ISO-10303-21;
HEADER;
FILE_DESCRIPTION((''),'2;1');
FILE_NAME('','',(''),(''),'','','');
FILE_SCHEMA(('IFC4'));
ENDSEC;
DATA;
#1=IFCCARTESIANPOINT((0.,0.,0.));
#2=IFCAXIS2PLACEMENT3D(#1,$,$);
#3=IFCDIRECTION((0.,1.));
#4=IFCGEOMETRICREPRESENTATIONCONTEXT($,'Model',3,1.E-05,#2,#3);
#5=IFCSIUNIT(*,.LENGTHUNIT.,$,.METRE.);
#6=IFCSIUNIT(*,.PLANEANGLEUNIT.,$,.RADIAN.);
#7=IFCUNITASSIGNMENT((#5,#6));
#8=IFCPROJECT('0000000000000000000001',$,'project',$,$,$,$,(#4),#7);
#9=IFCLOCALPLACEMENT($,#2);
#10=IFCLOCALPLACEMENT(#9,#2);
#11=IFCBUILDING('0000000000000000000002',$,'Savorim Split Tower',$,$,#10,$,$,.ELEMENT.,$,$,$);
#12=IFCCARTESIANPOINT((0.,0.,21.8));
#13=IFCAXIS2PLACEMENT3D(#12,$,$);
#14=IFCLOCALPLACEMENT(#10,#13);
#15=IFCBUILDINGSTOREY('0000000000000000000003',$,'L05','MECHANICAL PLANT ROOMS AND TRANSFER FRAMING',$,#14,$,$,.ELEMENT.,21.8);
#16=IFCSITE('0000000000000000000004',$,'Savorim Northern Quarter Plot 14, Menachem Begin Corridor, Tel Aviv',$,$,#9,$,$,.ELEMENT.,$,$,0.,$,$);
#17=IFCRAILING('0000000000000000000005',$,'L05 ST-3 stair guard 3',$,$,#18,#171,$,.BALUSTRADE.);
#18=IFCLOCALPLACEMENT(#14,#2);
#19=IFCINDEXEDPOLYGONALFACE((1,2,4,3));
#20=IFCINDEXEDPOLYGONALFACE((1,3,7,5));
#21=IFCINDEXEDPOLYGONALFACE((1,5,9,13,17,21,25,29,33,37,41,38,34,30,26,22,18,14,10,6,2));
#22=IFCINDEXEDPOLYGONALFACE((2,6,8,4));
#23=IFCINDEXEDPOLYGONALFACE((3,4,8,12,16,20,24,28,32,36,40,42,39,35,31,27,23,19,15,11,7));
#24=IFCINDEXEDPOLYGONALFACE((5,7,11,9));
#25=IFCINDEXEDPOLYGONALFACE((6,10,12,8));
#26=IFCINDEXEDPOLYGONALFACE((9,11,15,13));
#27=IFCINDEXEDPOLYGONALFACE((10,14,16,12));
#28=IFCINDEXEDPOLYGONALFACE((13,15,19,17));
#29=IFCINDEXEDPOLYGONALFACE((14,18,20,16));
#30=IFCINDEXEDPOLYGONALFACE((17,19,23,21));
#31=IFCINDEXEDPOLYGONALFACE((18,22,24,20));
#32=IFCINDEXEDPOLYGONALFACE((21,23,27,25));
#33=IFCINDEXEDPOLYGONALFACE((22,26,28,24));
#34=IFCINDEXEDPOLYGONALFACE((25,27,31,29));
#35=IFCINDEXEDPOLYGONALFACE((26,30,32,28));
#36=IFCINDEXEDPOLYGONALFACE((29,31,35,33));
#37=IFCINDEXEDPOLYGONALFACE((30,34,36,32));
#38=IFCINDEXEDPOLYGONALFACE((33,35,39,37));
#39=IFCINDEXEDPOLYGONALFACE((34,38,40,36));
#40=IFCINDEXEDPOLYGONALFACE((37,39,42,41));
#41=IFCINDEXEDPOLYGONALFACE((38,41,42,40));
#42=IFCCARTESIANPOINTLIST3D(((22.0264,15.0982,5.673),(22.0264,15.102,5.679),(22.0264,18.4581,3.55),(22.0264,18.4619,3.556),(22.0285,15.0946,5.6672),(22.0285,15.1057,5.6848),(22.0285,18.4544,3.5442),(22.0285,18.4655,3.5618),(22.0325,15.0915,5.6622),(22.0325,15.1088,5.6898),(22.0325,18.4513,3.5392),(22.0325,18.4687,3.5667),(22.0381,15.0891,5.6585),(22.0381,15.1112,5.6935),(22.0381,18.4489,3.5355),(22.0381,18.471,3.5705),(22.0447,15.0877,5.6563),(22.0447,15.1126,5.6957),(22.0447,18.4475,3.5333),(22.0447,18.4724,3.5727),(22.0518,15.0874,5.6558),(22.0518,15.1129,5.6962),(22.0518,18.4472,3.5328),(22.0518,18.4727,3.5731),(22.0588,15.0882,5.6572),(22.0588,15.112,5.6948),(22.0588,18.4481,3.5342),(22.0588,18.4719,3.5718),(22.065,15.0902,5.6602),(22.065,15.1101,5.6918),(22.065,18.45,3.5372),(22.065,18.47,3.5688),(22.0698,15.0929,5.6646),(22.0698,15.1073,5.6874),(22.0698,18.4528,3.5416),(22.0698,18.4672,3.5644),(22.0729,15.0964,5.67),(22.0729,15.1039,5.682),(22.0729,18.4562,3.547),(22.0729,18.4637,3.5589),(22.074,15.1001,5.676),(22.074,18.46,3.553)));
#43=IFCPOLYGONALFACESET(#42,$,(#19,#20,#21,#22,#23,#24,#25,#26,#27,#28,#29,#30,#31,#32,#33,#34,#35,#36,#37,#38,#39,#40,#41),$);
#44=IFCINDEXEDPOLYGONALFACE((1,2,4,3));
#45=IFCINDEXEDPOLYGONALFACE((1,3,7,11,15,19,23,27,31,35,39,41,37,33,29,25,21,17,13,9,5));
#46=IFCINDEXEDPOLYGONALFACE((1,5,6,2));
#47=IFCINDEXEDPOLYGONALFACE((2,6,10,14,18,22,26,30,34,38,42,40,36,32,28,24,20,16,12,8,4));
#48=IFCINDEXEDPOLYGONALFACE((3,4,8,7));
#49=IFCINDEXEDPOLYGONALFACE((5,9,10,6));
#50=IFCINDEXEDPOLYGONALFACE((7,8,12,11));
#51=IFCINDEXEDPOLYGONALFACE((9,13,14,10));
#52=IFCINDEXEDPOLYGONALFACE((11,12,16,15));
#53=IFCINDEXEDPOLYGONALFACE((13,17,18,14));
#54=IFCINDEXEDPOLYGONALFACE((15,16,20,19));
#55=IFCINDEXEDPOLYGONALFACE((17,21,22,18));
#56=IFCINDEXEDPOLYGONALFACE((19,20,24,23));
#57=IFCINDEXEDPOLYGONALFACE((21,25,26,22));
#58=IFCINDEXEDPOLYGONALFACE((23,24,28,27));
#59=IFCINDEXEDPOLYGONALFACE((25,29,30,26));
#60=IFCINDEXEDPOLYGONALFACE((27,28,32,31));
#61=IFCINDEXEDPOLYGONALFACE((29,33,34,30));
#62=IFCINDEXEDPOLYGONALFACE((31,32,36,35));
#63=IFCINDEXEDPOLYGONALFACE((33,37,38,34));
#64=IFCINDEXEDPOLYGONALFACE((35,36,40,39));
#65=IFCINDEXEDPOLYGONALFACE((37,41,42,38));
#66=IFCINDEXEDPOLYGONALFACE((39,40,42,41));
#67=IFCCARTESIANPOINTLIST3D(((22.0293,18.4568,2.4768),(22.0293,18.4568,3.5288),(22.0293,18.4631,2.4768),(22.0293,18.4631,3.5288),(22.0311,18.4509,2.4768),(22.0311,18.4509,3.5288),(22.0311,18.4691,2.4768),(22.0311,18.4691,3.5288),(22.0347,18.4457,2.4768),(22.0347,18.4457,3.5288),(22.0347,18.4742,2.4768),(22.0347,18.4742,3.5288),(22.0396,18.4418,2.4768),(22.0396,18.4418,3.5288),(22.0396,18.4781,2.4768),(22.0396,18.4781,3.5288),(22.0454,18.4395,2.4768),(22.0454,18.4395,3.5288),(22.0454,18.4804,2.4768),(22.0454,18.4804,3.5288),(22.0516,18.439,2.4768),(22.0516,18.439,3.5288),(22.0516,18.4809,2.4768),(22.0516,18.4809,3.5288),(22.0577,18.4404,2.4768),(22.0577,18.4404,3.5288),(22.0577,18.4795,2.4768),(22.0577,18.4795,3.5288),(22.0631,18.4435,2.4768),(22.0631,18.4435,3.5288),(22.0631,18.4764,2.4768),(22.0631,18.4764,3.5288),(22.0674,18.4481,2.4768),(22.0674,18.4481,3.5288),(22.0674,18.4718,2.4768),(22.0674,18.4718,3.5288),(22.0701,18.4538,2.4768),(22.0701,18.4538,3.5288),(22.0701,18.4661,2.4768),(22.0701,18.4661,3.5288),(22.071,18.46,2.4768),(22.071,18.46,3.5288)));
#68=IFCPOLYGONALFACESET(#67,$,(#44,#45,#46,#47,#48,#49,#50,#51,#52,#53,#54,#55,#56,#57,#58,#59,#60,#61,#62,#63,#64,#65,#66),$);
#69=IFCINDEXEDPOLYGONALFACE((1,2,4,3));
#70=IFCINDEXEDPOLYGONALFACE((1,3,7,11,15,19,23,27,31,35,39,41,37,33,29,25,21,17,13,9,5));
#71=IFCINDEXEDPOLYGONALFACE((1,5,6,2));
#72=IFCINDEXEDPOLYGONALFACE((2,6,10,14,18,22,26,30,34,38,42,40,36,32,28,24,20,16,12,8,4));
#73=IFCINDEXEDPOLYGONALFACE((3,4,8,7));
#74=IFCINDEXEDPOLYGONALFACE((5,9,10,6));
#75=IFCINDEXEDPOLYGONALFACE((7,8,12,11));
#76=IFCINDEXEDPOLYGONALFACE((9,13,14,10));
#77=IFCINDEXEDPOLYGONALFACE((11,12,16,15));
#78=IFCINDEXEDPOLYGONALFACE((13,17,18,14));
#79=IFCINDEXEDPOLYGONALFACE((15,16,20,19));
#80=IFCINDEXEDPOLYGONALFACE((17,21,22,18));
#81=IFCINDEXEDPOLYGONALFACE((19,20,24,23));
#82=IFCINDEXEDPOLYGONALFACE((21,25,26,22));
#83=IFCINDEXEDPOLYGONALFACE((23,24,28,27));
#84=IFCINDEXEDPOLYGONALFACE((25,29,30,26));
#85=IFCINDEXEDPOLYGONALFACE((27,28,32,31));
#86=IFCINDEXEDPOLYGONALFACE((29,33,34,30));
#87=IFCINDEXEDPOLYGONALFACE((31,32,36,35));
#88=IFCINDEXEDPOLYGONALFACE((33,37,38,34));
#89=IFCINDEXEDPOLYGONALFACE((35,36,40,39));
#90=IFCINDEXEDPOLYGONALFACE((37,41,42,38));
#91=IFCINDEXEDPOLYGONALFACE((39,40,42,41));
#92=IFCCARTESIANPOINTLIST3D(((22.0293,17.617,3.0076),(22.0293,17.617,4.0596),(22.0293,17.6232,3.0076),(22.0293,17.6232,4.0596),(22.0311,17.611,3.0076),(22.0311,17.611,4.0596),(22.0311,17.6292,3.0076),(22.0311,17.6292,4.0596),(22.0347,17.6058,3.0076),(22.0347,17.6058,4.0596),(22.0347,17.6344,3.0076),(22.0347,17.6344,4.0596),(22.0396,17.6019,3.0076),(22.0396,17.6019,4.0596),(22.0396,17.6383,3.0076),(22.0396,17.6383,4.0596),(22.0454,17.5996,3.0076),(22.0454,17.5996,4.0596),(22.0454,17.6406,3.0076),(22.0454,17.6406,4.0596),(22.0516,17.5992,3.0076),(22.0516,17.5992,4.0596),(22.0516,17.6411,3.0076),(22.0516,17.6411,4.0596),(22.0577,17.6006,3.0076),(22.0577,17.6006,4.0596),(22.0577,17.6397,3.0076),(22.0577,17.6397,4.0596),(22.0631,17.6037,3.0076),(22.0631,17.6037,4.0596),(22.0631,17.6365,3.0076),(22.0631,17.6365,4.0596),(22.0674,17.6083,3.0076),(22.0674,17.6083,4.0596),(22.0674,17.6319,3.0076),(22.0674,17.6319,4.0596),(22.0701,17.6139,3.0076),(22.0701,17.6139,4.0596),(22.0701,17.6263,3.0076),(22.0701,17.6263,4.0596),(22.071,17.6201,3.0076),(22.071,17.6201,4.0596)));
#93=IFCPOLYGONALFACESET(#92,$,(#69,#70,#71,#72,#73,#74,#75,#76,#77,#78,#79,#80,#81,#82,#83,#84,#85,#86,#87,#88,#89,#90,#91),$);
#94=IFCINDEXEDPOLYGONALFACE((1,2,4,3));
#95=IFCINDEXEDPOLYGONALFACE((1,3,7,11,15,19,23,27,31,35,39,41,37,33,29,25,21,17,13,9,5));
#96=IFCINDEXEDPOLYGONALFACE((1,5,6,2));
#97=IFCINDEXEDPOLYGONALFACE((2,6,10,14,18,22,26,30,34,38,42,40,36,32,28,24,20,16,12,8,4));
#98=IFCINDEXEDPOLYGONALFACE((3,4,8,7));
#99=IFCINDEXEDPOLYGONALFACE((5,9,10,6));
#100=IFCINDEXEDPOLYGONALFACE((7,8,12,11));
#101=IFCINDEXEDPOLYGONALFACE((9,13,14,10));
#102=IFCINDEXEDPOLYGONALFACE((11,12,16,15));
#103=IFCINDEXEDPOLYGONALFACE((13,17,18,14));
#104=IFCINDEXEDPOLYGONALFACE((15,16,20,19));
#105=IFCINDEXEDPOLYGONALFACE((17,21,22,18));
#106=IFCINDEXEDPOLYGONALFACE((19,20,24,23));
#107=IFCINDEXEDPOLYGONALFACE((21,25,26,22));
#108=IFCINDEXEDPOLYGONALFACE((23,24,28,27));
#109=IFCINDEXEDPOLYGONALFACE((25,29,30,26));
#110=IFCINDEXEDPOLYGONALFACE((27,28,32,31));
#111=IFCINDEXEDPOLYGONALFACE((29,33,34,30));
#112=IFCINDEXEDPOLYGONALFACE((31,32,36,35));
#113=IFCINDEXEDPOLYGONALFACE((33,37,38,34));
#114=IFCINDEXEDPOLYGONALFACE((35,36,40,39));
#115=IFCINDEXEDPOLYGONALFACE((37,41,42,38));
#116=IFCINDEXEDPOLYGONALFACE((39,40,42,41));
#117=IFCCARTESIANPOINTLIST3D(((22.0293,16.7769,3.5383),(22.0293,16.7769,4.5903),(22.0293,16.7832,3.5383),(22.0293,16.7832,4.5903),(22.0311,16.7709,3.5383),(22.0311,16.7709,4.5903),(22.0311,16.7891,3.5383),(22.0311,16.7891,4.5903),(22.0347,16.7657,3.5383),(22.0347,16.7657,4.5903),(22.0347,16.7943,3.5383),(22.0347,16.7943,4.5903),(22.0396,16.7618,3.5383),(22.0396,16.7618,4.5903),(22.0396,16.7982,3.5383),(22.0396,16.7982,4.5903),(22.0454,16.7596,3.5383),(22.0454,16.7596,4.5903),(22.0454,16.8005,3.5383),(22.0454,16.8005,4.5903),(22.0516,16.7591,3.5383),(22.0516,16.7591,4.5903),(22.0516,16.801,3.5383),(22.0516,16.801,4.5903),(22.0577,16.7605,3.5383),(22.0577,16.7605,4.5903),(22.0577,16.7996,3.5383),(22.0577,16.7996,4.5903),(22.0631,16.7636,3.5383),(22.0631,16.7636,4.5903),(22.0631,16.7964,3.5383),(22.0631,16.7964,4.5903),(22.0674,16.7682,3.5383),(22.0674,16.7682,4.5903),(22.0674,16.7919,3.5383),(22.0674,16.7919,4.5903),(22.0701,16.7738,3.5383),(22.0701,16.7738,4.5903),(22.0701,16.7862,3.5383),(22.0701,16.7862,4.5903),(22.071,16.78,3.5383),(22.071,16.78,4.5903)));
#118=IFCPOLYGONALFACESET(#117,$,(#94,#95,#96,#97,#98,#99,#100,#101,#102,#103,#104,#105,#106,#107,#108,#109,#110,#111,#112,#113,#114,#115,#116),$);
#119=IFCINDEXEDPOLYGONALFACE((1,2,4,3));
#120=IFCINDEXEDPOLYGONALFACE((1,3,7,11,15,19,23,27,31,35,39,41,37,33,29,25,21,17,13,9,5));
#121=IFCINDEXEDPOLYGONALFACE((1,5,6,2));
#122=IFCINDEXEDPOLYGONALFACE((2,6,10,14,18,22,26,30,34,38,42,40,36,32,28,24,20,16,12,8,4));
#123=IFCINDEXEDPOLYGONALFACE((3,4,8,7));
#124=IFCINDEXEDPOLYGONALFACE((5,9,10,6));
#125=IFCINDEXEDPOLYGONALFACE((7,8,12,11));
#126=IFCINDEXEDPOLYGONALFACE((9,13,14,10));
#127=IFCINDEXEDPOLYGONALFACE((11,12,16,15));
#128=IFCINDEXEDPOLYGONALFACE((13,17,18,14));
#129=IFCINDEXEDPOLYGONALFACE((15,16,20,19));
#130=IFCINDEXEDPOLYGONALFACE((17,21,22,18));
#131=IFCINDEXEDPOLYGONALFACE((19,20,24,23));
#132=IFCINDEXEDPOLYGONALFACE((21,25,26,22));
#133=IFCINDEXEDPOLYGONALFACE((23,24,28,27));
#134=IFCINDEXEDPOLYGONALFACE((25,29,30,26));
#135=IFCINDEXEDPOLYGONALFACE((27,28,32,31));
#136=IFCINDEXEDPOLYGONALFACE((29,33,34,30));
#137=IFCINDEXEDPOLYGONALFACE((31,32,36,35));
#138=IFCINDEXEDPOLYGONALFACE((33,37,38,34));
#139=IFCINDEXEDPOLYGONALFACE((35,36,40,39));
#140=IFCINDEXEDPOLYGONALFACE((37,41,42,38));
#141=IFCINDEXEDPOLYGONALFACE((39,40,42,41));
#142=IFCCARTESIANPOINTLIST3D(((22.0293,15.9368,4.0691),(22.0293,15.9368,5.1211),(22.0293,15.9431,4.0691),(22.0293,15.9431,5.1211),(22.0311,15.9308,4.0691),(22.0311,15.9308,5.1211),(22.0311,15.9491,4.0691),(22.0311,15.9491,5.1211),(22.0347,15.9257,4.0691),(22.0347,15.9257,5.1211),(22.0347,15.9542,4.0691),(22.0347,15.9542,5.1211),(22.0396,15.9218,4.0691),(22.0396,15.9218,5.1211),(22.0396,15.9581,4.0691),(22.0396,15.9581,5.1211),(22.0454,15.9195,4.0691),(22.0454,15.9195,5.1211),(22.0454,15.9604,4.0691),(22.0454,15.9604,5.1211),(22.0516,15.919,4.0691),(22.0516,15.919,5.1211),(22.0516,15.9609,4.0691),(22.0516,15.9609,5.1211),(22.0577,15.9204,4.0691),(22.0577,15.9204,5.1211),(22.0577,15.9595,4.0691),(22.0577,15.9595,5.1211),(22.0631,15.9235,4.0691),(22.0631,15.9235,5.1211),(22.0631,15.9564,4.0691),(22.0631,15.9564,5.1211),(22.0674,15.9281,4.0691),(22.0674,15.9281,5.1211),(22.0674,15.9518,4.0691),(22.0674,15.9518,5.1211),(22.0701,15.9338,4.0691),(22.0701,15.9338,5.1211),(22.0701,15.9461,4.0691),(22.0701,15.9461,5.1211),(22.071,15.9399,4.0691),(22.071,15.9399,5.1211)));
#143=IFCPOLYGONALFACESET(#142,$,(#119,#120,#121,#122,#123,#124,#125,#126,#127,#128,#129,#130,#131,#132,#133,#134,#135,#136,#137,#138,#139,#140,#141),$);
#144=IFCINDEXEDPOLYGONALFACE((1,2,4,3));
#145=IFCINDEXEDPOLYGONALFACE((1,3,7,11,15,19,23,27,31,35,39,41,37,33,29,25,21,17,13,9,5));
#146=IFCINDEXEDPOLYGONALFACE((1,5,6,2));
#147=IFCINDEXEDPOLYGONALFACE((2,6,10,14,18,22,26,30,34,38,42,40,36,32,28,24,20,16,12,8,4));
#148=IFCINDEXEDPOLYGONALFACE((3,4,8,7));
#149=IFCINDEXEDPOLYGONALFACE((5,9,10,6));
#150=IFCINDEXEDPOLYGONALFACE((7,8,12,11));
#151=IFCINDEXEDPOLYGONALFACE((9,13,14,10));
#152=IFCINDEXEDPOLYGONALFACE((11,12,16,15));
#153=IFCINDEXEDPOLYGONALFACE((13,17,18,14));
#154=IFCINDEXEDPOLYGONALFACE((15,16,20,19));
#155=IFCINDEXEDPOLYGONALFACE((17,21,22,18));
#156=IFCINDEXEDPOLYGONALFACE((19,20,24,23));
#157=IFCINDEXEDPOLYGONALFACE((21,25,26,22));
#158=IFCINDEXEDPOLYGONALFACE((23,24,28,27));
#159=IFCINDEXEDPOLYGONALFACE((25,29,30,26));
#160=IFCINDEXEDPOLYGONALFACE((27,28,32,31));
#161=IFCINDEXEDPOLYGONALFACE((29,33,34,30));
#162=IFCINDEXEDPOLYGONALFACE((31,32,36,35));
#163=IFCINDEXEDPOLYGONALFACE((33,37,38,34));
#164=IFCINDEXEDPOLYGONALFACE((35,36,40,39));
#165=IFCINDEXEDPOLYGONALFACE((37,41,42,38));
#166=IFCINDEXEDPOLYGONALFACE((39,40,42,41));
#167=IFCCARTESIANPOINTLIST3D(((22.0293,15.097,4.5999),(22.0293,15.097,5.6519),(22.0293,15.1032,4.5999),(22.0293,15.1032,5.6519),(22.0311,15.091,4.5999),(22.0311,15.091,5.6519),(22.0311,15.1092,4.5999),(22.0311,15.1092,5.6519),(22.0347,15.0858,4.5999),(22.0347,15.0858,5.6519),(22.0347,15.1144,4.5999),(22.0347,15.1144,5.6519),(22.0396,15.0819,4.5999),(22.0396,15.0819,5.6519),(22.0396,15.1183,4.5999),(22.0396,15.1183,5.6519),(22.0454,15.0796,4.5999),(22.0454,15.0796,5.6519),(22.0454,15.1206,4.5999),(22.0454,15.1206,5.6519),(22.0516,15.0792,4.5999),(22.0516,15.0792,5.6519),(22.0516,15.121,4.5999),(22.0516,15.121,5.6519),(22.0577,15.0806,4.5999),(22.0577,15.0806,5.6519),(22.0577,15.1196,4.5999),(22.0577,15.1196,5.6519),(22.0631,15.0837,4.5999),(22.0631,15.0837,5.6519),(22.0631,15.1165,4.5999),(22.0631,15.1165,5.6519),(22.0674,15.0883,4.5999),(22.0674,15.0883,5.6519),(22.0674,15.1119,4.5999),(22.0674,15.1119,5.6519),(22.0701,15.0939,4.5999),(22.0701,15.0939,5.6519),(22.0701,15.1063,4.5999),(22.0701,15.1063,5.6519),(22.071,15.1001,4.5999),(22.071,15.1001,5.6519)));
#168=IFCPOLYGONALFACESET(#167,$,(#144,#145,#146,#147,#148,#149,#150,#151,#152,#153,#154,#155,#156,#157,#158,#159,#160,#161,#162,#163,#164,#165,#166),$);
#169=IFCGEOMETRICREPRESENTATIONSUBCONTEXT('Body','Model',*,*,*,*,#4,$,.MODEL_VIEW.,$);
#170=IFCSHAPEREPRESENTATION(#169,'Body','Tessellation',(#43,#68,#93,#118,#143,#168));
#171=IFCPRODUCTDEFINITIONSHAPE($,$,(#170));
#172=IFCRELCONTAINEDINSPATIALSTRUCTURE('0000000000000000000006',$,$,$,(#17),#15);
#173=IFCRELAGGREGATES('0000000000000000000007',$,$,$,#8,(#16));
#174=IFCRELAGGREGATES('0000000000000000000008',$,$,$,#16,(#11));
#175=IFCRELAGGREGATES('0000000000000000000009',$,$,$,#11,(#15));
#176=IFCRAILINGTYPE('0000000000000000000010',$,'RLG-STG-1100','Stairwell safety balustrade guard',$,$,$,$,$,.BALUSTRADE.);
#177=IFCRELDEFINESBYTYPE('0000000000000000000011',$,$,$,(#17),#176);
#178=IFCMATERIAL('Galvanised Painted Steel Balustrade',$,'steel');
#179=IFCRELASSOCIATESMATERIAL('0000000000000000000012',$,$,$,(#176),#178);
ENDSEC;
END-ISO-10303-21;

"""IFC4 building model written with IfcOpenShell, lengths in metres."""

from ifc_helpers import new_model, si_unit, direction, frame, origin, origin_2d, place, context, subcontext, project, spatial, circle, extrude, material, type_object, element, save


model = new_model("IFC4")

# Units and contexts
model_context = context("Model", 3, precision=1e-05, world=origin(), true_north=direction((0.0, 1.0)))
body_context = subcontext(model_context, "Body", "Model", "MODEL_VIEW")
ifc_project = project(units=[si_unit("LENGTHUNIT", "METRE"), si_unit("PLANEANGLEUNIT", "RADIAN")], contexts=[model_context])

# Site, building, storey
site_placement = place(None, origin())
site = spatial("IfcSite", under=ifc_project, at=site_placement, Name="Savorim Northern Quarter Plot 14, Menachem Begin Corridor, Tel Aviv", CompositionType="ELEMENT", RefElevation=0.0)
building_placement = place(site_placement, origin())
building = spatial("IfcBuilding", under=site, at=building_placement, Name="Savorim Split Tower", CompositionType="ELEMENT")
storey_placement = place(building_placement, frame((0.0, 0.0, 21.8)))
storey = spatial("IfcBuildingStorey", under=building, at=storey_placement, Name="L05", Description="MECHANICAL PLANT ROOMS AND TRANSFER FRAMING", CompositionType="ELEMENT", Elevation=21.8)

# Railing
ifc_material_1 = material(Name="Galvanised Painted Steel Balustrade", Category="steel")
railing_type_1 = type_object("IfcRailingType", Name="RLG-STG-1100", Description="Stairwell safety balustrade guard", PredefinedType="BALUSTRADE", material=ifc_material_1)
railing_1_placement = place(storey_placement, frame((22.05, 18.46, 2.4768)))
element("IfcRailing", 1, at=railing_1_placement, inside=storey, type_object=railing_type_1, Name="L05 ST-3 stair guard 3", PredefinedType="BALUSTRADE", context=body_context, shape_type="SweptSolid", body=[
    extrude(circle(Radius=0.0239, at=origin_2d()), frame((0.0, 0.0, 1.0762), z_axis=(0.0, -0.845372, 0.534178), x_axis=(1.0, 0.0, 0.0)), (0.0, 0.0, 1.0), 3.9744),
    extrude(circle(Radius=0.021, at=origin_2d()), origin(), (0.0, 0.0, 1.0), 1.052),
    extrude(circle(Radius=0.021, at=origin_2d()), frame((0.0, -0.8398, 0.5308)), (0.0, 0.0, 1.0), 1.052),
    extrude(circle(Radius=0.021, at=origin_2d()), frame((0.0, -1.6799, 1.0615)), (0.0, 0.0, 1.0), 1.052),
    extrude(circle(Radius=0.021, at=origin_2d()), frame((0.0, -2.52, 1.5923)), (0.0, 0.0, 1.0), 1.052),
    extrude(circle(Radius=0.021, at=origin_2d()), frame((0.0, -3.3599, 2.123)), (0.0, 0.0, 1.0), 1.052),
])

save(model, "model.ifc")
